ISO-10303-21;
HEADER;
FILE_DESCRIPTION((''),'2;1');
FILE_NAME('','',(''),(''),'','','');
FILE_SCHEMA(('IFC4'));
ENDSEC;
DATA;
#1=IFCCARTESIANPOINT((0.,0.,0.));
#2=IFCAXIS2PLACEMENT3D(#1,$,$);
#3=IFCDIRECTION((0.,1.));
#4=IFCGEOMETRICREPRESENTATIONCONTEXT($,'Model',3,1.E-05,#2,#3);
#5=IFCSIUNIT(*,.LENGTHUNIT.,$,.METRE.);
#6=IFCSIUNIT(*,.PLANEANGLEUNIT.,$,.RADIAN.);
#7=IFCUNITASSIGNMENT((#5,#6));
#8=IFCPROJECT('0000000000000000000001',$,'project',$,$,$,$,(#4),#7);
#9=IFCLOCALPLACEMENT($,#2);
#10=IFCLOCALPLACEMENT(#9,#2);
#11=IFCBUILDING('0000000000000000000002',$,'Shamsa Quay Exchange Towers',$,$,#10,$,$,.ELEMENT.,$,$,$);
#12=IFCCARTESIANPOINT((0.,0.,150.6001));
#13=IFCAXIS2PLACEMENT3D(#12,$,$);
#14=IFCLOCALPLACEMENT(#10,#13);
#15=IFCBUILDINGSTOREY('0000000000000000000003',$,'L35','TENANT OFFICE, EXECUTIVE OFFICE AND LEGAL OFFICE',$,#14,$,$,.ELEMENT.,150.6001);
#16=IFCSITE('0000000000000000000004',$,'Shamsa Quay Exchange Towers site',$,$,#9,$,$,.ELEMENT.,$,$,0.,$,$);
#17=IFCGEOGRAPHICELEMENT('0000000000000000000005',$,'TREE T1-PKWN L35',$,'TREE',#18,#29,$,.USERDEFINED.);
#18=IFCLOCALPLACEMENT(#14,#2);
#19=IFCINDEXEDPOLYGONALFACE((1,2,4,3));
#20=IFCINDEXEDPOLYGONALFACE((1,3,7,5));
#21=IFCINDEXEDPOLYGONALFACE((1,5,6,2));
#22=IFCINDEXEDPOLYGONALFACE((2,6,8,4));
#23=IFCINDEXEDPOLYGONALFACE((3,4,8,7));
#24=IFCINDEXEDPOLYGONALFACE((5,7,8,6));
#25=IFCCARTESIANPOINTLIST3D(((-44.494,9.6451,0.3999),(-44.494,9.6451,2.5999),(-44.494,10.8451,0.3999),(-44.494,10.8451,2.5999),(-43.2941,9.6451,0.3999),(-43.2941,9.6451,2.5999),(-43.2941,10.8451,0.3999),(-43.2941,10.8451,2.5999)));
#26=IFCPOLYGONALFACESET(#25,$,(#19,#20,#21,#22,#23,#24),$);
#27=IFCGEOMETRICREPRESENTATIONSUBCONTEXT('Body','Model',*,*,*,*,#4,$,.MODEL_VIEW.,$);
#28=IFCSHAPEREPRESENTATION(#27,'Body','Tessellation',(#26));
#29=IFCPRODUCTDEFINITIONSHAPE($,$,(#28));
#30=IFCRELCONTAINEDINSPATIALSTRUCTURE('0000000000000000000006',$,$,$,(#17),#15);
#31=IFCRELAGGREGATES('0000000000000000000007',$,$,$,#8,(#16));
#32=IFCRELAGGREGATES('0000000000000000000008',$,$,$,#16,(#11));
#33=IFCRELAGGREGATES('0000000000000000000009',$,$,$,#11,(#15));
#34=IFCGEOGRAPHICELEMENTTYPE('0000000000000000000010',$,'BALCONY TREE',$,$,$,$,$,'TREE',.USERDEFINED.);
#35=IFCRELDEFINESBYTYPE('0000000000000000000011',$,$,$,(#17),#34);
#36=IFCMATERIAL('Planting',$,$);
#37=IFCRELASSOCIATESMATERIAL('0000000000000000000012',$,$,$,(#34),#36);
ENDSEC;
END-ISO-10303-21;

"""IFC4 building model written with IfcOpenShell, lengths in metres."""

from ifc_helpers import new_model, si_unit, direction, frame, origin, origin_2d, place, context, subcontext, project, spatial, rectangle, extrude, material, type_object, element, save


model = new_model("IFC4")

# Units and contexts
model_context = context("Model", 3, precision=1e-05, world=origin(), true_north=direction((0.0, 1.0)))
body_context = subcontext(model_context, "Body", "Model", "MODEL_VIEW")
ifc_project = project(units=[si_unit("LENGTHUNIT", "METRE"), si_unit("PLANEANGLEUNIT", "RADIAN")], contexts=[model_context])

# Site, building, storey
site_placement = place(None, origin())
site = spatial("IfcSite", under=ifc_project, at=site_placement, Name="Shamsa Quay Exchange Towers site", CompositionType="ELEMENT", RefElevation=0.0)
building_placement = place(site_placement, origin())
building = spatial("IfcBuilding", under=site, at=building_placement, Name="Shamsa Quay Exchange Towers", CompositionType="ELEMENT")
storey_placement = place(building_placement, frame((0.0, 0.0, 150.6001)))
storey = spatial("IfcBuildingStorey", under=building, at=storey_placement, Name="L35", Description="TENANT OFFICE, EXECUTIVE OFFICE AND LEGAL OFFICE", CompositionType="ELEMENT", Elevation=150.6001)

# Geographic element
ifc_material_1 = material(Name="Planting")
geographic_element_type = type_object("IfcGeographicElementType", Name="BALCONY TREE", ElementType="TREE", PredefinedType="USERDEFINED", material=ifc_material_1)
geographic_element_placement = place(storey_placement, frame((-43.894, 10.2451, 0.3999), z_axis=(0.0, 0.0, 1.0), x_axis=(-1.0, 0.0, 0.0)))
element("IfcGeographicElement", 1, at=geographic_element_placement, inside=storey, type_object=geographic_element_type, Name="TREE T1-PKWN L35", ObjectType="TREE", PredefinedType="USERDEFINED", context=body_context, shape_type="SweptSolid", body=[
    extrude(rectangle(XDim=1.2, YDim=1.2, at=origin_2d()), origin(), (0.0, 0.0, 1.0), 2.2),
])

save(model, "model.ifc")
